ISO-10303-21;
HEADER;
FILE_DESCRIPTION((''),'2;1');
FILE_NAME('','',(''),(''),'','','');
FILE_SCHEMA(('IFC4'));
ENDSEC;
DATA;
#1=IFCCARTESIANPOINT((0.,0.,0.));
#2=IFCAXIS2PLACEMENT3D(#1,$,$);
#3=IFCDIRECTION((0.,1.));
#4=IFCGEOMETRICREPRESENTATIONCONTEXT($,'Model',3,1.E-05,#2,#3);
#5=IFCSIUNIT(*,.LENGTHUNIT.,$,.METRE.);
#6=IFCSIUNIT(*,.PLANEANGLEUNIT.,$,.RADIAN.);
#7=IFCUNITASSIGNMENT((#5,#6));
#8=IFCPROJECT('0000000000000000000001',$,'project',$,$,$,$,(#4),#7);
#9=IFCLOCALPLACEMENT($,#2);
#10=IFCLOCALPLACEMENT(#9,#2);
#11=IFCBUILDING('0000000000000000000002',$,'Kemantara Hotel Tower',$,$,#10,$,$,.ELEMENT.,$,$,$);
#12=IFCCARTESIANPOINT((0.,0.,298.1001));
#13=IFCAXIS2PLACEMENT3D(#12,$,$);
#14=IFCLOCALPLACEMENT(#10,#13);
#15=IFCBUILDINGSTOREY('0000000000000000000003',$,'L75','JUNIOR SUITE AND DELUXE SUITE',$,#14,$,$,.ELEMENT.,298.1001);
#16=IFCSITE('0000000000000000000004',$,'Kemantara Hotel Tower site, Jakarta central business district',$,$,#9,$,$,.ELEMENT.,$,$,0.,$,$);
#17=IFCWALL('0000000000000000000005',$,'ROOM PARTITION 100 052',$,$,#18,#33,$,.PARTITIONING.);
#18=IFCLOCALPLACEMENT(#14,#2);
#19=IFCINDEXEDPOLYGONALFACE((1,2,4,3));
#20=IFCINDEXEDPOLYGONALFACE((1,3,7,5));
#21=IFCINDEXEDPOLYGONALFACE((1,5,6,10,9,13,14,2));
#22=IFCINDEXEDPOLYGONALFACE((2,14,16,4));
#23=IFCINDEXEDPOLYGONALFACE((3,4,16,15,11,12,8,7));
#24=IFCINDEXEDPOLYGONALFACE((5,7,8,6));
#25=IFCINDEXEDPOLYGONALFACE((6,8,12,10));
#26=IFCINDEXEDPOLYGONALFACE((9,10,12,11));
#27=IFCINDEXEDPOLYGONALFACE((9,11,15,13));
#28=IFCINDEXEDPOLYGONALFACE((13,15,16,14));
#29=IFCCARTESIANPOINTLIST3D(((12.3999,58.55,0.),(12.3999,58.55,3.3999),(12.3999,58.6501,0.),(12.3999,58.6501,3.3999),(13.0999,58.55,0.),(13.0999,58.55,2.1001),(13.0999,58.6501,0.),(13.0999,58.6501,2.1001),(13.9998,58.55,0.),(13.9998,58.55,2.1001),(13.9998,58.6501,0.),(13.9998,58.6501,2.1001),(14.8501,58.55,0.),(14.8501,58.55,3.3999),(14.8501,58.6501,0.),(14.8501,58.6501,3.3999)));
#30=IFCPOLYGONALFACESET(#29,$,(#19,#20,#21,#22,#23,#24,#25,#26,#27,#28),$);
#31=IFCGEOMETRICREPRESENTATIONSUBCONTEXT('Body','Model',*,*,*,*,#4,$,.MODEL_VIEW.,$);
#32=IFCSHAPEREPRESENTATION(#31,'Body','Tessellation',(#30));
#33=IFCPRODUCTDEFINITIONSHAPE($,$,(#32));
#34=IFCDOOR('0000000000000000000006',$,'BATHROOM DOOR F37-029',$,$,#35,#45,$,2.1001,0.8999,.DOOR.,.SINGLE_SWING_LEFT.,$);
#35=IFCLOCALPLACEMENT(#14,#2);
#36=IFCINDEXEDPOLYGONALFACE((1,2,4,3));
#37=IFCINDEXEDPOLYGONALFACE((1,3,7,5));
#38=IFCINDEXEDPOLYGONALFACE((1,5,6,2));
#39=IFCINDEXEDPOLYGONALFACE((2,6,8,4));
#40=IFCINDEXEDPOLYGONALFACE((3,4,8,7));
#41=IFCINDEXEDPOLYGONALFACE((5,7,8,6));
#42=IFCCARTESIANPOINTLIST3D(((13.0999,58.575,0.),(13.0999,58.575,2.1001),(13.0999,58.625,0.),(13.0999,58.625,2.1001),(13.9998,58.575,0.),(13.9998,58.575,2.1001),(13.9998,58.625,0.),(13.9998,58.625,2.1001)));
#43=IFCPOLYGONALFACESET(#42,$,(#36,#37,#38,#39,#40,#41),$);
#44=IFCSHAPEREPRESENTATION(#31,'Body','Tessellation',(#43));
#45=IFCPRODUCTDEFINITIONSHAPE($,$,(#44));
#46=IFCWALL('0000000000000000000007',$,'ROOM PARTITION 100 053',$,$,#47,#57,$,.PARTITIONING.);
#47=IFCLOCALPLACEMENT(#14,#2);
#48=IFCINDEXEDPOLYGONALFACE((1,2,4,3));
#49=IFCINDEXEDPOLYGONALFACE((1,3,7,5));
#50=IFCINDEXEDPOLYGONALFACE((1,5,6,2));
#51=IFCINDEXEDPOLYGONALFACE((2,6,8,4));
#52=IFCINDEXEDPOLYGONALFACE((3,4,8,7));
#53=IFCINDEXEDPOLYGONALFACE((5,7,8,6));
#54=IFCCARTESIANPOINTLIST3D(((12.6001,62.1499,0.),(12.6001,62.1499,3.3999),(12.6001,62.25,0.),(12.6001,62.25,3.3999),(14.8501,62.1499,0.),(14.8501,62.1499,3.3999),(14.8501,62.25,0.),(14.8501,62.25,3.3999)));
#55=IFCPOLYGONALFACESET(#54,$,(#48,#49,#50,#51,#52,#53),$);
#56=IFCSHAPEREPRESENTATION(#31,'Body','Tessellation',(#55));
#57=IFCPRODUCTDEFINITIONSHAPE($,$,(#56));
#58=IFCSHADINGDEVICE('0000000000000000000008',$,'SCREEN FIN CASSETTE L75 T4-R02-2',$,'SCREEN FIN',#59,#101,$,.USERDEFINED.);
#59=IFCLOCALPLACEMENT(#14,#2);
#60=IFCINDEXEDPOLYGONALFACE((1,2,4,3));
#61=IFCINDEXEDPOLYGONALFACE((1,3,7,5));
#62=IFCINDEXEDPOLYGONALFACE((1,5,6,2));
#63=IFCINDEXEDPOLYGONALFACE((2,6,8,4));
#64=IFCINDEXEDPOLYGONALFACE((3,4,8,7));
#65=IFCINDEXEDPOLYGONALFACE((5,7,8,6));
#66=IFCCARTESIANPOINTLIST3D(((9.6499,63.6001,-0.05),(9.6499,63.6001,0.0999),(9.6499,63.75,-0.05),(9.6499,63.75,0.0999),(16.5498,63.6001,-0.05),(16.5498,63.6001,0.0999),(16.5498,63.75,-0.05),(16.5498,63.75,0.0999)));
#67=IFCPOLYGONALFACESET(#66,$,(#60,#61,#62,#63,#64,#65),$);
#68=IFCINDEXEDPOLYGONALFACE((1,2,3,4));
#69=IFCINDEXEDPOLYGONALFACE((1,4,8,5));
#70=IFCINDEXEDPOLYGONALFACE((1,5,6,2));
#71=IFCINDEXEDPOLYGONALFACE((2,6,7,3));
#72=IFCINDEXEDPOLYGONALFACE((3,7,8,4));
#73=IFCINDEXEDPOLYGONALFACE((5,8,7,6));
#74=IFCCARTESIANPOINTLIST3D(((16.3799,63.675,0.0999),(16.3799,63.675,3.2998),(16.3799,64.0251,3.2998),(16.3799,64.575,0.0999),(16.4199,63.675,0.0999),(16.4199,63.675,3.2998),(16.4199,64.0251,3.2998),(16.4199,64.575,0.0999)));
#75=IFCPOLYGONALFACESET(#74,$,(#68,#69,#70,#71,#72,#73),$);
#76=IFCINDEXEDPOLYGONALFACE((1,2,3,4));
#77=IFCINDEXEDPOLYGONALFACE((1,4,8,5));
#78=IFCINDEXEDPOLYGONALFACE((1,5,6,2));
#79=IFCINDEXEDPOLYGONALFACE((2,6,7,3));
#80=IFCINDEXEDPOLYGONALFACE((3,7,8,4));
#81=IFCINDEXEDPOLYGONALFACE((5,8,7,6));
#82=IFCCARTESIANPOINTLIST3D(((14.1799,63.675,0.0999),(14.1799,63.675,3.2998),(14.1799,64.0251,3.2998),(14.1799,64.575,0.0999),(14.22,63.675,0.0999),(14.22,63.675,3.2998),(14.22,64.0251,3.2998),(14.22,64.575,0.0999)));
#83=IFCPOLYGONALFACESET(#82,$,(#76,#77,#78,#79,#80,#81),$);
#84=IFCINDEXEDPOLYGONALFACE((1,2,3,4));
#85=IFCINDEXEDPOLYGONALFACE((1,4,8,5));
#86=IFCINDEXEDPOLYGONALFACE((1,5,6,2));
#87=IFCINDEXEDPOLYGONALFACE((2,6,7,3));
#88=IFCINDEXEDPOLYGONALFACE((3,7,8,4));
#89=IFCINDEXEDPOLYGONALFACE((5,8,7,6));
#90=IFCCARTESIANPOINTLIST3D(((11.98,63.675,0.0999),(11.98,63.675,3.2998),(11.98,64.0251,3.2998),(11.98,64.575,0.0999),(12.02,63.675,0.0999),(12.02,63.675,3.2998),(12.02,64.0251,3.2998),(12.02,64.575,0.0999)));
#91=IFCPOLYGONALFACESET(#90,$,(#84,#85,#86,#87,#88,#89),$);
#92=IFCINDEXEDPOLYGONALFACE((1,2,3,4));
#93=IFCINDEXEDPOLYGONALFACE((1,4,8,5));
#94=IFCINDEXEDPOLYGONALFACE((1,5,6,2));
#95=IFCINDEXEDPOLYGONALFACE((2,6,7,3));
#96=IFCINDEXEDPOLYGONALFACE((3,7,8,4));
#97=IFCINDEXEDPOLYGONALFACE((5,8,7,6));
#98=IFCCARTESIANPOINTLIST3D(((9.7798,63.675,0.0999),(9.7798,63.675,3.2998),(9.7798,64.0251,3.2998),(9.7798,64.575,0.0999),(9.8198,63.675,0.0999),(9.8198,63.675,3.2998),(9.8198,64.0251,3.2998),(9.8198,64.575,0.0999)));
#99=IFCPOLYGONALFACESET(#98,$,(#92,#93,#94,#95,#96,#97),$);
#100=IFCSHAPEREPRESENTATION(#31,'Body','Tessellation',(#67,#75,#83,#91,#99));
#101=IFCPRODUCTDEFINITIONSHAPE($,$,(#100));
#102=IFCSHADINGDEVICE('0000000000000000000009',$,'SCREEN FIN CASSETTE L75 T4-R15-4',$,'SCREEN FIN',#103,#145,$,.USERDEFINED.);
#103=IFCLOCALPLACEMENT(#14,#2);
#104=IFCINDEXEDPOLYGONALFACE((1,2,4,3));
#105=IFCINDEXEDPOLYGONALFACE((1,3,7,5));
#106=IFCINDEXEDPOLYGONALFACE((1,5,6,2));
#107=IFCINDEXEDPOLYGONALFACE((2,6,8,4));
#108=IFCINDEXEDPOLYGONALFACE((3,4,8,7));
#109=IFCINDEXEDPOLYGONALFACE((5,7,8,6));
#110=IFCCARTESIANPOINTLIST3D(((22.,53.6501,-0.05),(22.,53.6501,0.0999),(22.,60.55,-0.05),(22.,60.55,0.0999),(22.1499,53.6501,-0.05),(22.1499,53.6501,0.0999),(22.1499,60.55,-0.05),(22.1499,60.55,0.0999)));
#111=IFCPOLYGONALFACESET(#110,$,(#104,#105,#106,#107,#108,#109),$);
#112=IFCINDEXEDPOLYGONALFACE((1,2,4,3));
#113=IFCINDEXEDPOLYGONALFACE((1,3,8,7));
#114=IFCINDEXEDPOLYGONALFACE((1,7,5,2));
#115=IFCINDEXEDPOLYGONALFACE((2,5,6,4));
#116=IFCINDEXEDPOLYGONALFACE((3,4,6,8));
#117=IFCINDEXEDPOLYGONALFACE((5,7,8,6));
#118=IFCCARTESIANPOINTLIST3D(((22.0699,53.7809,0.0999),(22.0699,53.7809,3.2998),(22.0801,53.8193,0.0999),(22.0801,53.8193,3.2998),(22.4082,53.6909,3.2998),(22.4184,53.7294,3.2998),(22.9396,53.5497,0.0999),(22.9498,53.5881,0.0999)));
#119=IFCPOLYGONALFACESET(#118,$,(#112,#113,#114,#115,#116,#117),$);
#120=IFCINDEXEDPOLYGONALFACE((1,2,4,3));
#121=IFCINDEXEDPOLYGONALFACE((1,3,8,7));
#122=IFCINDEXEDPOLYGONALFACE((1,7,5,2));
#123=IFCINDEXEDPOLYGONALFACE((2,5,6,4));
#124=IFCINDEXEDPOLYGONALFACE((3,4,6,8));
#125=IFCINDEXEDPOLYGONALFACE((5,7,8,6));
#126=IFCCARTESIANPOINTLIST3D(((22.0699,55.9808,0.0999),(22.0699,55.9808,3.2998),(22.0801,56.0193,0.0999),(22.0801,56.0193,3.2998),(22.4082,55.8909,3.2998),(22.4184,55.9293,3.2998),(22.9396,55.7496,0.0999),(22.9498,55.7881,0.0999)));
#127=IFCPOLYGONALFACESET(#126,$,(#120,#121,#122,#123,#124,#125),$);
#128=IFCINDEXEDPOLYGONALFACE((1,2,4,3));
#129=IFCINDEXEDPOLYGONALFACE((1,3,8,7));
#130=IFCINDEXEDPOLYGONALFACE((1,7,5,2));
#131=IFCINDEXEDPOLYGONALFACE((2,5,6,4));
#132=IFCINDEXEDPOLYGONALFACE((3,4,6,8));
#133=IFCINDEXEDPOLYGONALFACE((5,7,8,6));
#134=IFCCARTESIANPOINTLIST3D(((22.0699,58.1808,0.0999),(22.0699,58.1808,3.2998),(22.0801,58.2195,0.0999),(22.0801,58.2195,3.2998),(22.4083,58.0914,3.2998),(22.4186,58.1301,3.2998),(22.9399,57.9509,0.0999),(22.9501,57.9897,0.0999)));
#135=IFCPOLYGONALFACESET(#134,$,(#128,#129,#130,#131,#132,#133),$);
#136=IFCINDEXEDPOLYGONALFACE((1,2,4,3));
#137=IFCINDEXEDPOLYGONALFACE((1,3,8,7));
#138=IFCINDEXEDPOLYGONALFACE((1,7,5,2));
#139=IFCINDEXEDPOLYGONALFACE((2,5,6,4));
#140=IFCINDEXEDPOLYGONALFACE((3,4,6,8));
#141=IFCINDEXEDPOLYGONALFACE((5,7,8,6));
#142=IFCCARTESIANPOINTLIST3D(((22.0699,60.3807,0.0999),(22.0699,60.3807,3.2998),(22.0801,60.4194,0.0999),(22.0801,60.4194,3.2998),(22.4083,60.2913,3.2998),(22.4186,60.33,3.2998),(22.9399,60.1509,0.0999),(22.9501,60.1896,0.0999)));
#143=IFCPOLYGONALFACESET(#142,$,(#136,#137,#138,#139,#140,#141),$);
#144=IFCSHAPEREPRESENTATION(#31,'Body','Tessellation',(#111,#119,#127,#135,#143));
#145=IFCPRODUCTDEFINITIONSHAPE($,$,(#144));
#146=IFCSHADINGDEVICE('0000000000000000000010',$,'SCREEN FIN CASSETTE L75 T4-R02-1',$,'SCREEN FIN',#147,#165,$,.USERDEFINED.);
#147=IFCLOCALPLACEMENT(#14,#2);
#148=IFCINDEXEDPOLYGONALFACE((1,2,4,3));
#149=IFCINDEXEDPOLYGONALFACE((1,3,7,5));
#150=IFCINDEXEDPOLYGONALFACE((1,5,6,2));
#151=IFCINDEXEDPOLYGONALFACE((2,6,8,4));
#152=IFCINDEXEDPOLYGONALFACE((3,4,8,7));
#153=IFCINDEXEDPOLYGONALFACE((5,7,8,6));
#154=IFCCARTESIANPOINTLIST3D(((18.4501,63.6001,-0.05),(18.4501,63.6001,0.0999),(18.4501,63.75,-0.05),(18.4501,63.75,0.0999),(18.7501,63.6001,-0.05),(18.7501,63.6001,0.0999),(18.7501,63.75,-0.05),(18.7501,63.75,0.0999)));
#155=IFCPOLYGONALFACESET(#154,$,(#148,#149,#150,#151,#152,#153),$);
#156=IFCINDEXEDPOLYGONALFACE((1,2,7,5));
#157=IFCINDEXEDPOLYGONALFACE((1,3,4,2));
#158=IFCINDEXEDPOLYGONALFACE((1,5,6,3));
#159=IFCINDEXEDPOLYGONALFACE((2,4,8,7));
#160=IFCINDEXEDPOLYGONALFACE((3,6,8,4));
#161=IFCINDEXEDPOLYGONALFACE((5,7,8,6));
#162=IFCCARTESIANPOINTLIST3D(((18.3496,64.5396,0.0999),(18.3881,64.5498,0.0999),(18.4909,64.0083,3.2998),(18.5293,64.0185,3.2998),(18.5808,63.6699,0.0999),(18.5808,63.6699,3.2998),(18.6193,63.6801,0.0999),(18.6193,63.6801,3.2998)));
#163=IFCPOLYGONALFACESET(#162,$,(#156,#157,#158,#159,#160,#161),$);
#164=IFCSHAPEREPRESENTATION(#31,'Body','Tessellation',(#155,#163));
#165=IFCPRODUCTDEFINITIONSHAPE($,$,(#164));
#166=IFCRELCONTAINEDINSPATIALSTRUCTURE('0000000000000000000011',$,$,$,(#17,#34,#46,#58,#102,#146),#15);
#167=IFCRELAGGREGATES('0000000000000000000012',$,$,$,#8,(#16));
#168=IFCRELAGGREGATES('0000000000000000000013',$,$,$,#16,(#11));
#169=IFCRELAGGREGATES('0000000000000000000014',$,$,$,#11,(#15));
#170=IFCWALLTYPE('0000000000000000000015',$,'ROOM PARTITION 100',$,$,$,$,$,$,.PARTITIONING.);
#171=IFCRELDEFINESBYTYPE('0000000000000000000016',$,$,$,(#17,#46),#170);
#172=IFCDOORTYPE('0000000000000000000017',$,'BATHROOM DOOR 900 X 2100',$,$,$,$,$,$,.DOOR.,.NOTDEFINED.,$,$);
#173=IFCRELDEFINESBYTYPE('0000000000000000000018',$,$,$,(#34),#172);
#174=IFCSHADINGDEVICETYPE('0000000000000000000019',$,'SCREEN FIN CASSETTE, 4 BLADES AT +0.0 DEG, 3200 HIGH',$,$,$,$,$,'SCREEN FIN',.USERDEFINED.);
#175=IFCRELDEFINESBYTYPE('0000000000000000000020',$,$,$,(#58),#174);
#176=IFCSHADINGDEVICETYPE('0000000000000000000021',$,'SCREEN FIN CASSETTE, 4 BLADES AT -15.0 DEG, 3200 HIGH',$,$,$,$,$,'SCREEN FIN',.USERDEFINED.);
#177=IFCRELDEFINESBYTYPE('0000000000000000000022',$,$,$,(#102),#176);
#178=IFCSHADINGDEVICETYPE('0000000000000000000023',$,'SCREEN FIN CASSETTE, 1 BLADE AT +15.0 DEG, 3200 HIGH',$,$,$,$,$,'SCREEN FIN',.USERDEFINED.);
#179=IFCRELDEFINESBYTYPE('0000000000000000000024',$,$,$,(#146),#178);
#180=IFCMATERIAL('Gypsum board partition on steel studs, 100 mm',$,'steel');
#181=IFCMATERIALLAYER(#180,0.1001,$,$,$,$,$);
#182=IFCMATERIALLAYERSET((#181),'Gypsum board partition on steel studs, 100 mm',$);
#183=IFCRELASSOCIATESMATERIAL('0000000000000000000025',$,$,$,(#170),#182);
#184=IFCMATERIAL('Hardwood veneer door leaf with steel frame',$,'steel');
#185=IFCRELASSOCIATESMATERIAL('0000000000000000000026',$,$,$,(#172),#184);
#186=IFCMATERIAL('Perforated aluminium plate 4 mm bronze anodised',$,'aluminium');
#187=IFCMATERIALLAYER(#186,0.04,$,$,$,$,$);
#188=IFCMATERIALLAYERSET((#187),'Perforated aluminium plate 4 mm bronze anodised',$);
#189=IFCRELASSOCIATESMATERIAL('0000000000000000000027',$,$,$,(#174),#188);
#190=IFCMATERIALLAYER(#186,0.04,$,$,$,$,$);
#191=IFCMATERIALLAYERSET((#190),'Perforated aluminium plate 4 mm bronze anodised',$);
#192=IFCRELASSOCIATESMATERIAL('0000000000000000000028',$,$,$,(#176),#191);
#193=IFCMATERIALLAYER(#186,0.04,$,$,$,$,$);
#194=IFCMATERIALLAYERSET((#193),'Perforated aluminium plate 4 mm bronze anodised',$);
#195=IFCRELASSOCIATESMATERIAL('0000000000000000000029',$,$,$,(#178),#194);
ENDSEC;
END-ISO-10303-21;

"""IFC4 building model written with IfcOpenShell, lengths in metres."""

from ifc_helpers import new_model, si_unit, direction, frame, frame_2d, origin, origin_2d, place, context, subcontext, project, spatial, polyline, rectangle, outline, extrude, source, transform, mapped, material, layer, layer_set, type_object, element, fill, save


model = new_model("IFC4")

# Units and contexts
model_context = context("Model", 3, precision=1e-05, world=origin(), true_north=direction((0.0, 1.0)))
body_context = subcontext(model_context, "Body", "Model", "MODEL_VIEW")
ifc_project = project(units=[si_unit("LENGTHUNIT", "METRE"), si_unit("PLANEANGLEUNIT", "RADIAN")], contexts=[model_context])

# Site, building, storey
site_placement = place(None, origin())
site = spatial("IfcSite", under=ifc_project, at=site_placement, Name="Kemantara Hotel Tower site, Jakarta central business district", CompositionType="ELEMENT", RefElevation=0.0)
building_placement = place(site_placement, origin())
building = spatial("IfcBuilding", under=site, at=building_placement, Name="Kemantara Hotel Tower", CompositionType="ELEMENT")
storey_placement = place(building_placement, frame((0.0, 0.0, 298.1001)))
storey = spatial("IfcBuildingStorey", under=building, at=storey_placement, Name="L75", Description="JUNIOR SUITE AND DELUXE SUITE", CompositionType="ELEMENT", Elevation=298.1001)

# Shared definitions
ifc_material_1 = material(Name="Gypsum board partition on steel studs, 100 mm", Category="steel")
ifc_layer_1 = layer(ifc_material_1, 0.1001)
ifc_layer_set_1 = layer_set([ifc_layer_1], Name="Gypsum board partition on steel studs, 100 mm")
wall_type_1 = type_object("IfcWallType", Name="ROOM PARTITION 100", PredefinedType="PARTITIONING", material=ifc_layer_set_1)

# Wall, opening, door
wall_1_placement = place(storey_placement, frame((12.3999, 58.6001, 0.0), z_axis=(0.0, 0.0, 1.0), x_axis=(1.0, 0.0, 0.0)))
wall_1 = element("IfcWall", 1, at=wall_1_placement, inside=storey, type_object=wall_type_1, Name="ROOM PARTITION 100 052", PredefinedType="PARTITIONING", context=body_context, shape_type="SweptSolid", body=[
    extrude(rectangle(XDim=2.4502, YDim=0.1001, at=frame_2d((1.2251, 0.0))), origin(), (0.0, 0.0, 1.0), 3.3999),
])
opening_placement = place(wall_1_placement, frame((0.7, 0.0, 0.0)))
opening = element("IfcOpeningElement", 2, at=opening_placement, cuts=wall_1, PredefinedType="OPENING", context=body_context, shape_type="SweptSolid", body=[
    extrude(rectangle(XDim=0.8999, YDim=2.1001, at=frame_2d((0.45, 1.05))), frame((0.0, 0.0601, 0.0), z_axis=(0.0, -1.0, 0.0), x_axis=(1.0, 0.0, 0.0)), (0.0, 0.0, 1.0), 0.1201),
])
ifc_material_2 = material(Name="Hardwood veneer door leaf with steel frame", Category="steel")
door_type = type_object("IfcDoorType", Name="BATHROOM DOOR 900 X 2100", OperationType="NOTDEFINED", PredefinedType="DOOR", material=ifc_material_2)
door_placement = place(opening_placement, origin())
door = element("IfcDoor", 3, at=door_placement, inside=storey, type_object=door_type, Name="BATHROOM DOOR F37-029", OperationType="SINGLE_SWING_LEFT", OverallHeight=2.1001, OverallWidth=0.8999, PredefinedType="DOOR", context=body_context, shape_type="SweptSolid", body=[
    extrude(rectangle(XDim=0.8999, YDim=2.1001, at=frame_2d((0.45, 1.05))), frame((0.0, 0.0249, 0.0), z_axis=(0.0, -1.0, 0.0), x_axis=(1.0, 0.0, 0.0)), (0.0, 0.0, 1.0), 0.05),
])
fill(opening, door)

# Wall
wall_2_placement = place(storey_placement, frame((12.6001, 62.2, 0.0), z_axis=(0.0, 0.0, 1.0), x_axis=(1.0, 0.0, 0.0)))
element("IfcWall", 4, at=wall_2_placement, inside=storey, type_object=wall_type_1, Name="ROOM PARTITION 100 053", PredefinedType="PARTITIONING", context=body_context, shape_type="SweptSolid", body=[
    extrude(rectangle(XDim=2.25, YDim=0.1001, at=frame_2d((1.125, 0.0))), origin(), (0.0, 0.0, 1.0), 3.3999),
])

# Shading devices
ifc_material_3 = material(Name="Perforated aluminium plate 4 mm bronze anodised", Category="aluminium")
ifc_layer_2 = layer(ifc_material_3, 0.04)
ifc_layer_set_2 = layer_set([ifc_layer_2], Name="Perforated aluminium plate 4 mm bronze anodised")
shading_device_type_1 = type_object("IfcShadingDeviceType", Name="SCREEN FIN CASSETTE, 4 BLADES AT +0.0 DEG, 3200 HIGH", ElementType="SCREEN FIN", PredefinedType="USERDEFINED", material=ifc_layer_set_2)
shared_shape_1 = source(origin(), body_context, "Body", "SweptSolid", [
    extrude(rectangle(XDim=6.8999, YDim=0.1499, at=origin_2d()), frame((3.3, -0.075, -0.1499), z_axis=(0.0, 0.0, 1.0), x_axis=(1.0, 0.0, 0.0)), (0.0, 0.0, 1.0), 0.1499),
    extrude(outline(polyline([(0.0, 0.0), (0.8999, 0.0), (0.3501, 3.2), (0.0, 3.2), (0.0, 0.0)])), frame((0.02, -0.075, 0.0), z_axis=(-1.0, 0.0, 0.0), x_axis=(0.0, -1.0, 0.0)), (0.0, 0.0, 1.0), 0.04),
    extrude(outline(polyline([(0.0, 0.0), (0.8999, 0.0), (0.3501, 3.2), (0.0, 3.2), (0.0, 0.0)])), frame((2.22, -0.075, 0.0), z_axis=(-1.0, 0.0, 0.0), x_axis=(0.0, -1.0, 0.0)), (0.0, 0.0, 1.0), 0.04),
    extrude(outline(polyline([(0.0, 0.0), (0.8999, 0.0), (0.3501, 3.2), (0.0, 3.2), (0.0, 0.0)])), frame((4.4199, -0.075, 0.0), z_axis=(-1.0, 0.0, 0.0), x_axis=(0.0, -1.0, 0.0)), (0.0, 0.0, 1.0), 0.04),
    extrude(outline(polyline([(0.0, 0.0), (0.8999, 0.0), (0.3501, 3.2), (0.0, 3.2), (0.0, 0.0)])), frame((6.6201, -0.075, 0.0), z_axis=(-1.0, 0.0, 0.0), x_axis=(0.0, -1.0, 0.0)), (0.0, 0.0, 1.0), 0.04),
])
shading_device_1_placement = place(storey_placement, frame((16.3999, 63.6001, 0.0999), z_axis=(0.0, 0.0, 1.0), x_axis=(-1.0, 0.0, 0.0)))
element("IfcShadingDevice", 5, at=shading_device_1_placement, inside=storey, type_object=shading_device_type_1, Name="SCREEN FIN CASSETTE L75 T4-R02-2", ObjectType="SCREEN FIN", PredefinedType="USERDEFINED", context=body_context, shape_type="MappedRepresentation", body=[
    mapped(shared_shape_1, transform((0.0, 0.0, 0.0))),
])
ifc_layer_3 = layer(ifc_material_3, 0.04)
ifc_layer_set_3 = layer_set([ifc_layer_3], Name="Perforated aluminium plate 4 mm bronze anodised")
shading_device_type_2 = type_object("IfcShadingDeviceType", Name="SCREEN FIN CASSETTE, 4 BLADES AT -15.0 DEG, 3200 HIGH", ElementType="SCREEN FIN", PredefinedType="USERDEFINED", material=ifc_layer_set_3)
shared_shape_2 = source(origin(), body_context, "Body", "SweptSolid", [
    extrude(rectangle(XDim=6.8999, YDim=0.1499, at=origin_2d()), frame((3.3, -0.075, -0.1499), z_axis=(0.0, 0.0, 1.0), x_axis=(1.0, 0.0, 0.0)), (0.0, 0.0, 1.0), 0.1499),
    extrude(outline(polyline([(0.0, 0.0), (0.8999, 0.0), (0.3501, 3.2), (0.0, 3.2), (0.0, 0.0)])), frame((0.0193, -0.0801, 0.0), z_axis=(-0.966438, 0.256901, 0.0), x_axis=(-0.256901, -0.966438, 0.0)), (0.0, 0.0, 1.0), 0.0398),
    extrude(outline(polyline([(0.0, 0.0), (0.8999, 0.0), (0.3501, 3.2), (0.0, 3.2), (0.0, 0.0)])), frame((2.2192, -0.0801, 0.0), z_axis=(-0.966438, 0.256901, 0.0), x_axis=(-0.256901, -0.966438, 0.0)), (0.0, 0.0, 1.0), 0.0398),
    extrude(outline(polyline([(0.0, 0.0), (0.8999, 0.0), (0.3501, 3.2), (0.0, 3.2), (0.0, 0.0)])), frame((4.4194, -0.0801, 0.0), z_axis=(-0.966838, 0.255391, 0.0), x_axis=(-0.255391, -0.966838, 0.0)), (0.0, 0.0, 1.0), 0.04),
    extrude(outline(polyline([(0.0, 0.0), (0.8999, 0.0), (0.3501, 3.2), (0.0, 3.2), (0.0, 0.0)])), frame((6.6194, -0.0801, 0.0), z_axis=(-0.966838, 0.255391, 0.0), x_axis=(-0.255391, -0.966838, 0.0)), (0.0, 0.0, 1.0), 0.04),
])
shading_device_2_placement = place(storey_placement, frame((22.0, 53.8, 0.0999), z_axis=(0.0, 0.0, 1.0), x_axis=(0.0, 1.0, 0.0)))
element("IfcShadingDevice", 6, at=shading_device_2_placement, inside=storey, type_object=shading_device_type_2, Name="SCREEN FIN CASSETTE L75 T4-R15-4", ObjectType="SCREEN FIN", PredefinedType="USERDEFINED", context=body_context, shape_type="MappedRepresentation", body=[
    mapped(shared_shape_2, transform((0.0, 0.0, 0.0))),
])
ifc_layer_4 = layer(ifc_material_3, 0.04)
ifc_layer_set_4 = layer_set([ifc_layer_4], Name="Perforated aluminium plate 4 mm bronze anodised")
shading_device_type_3 = type_object("IfcShadingDeviceType", Name="SCREEN FIN CASSETTE, 1 BLADE AT +15.0 DEG, 3200 HIGH", ElementType="SCREEN FIN", PredefinedType="USERDEFINED", material=ifc_layer_set_4)
shared_shape_3 = source(origin(), body_context, "Body", "SweptSolid", [
    extrude(rectangle(XDim=0.3, YDim=0.1499, at=origin_2d()), frame((0.0, -0.075, -0.1499), z_axis=(0.0, 0.0, 1.0), x_axis=(1.0, 0.0, 0.0)), (0.0, 0.0, 1.0), 0.1499),
    extrude(outline(polyline([(0.0, 0.0), (0.8999, 0.0), (0.3501, 3.2), (0.0, 3.2), (0.0, 0.0)])), frame((0.0193, -0.0698, 0.0), z_axis=(-0.966438, -0.256901, 0.0), x_axis=(0.256901, -0.966438, 0.0)), (0.0, 0.0, 1.0), 0.0398),
])
shading_device_3_placement = place(storey_placement, frame((18.6001, 63.6001, 0.0999), z_axis=(0.0, 0.0, 1.0), x_axis=(-1.0, 0.0, 0.0)))
element("IfcShadingDevice", 7, at=shading_device_3_placement, inside=storey, type_object=shading_device_type_3, Name="SCREEN FIN CASSETTE L75 T4-R02-1", ObjectType="SCREEN FIN", PredefinedType="USERDEFINED", context=body_context, shape_type="MappedRepresentation", body=[
    mapped(shared_shape_3, transform((0.0, 0.0, 0.0))),
])

save(model, "model.ifc")
